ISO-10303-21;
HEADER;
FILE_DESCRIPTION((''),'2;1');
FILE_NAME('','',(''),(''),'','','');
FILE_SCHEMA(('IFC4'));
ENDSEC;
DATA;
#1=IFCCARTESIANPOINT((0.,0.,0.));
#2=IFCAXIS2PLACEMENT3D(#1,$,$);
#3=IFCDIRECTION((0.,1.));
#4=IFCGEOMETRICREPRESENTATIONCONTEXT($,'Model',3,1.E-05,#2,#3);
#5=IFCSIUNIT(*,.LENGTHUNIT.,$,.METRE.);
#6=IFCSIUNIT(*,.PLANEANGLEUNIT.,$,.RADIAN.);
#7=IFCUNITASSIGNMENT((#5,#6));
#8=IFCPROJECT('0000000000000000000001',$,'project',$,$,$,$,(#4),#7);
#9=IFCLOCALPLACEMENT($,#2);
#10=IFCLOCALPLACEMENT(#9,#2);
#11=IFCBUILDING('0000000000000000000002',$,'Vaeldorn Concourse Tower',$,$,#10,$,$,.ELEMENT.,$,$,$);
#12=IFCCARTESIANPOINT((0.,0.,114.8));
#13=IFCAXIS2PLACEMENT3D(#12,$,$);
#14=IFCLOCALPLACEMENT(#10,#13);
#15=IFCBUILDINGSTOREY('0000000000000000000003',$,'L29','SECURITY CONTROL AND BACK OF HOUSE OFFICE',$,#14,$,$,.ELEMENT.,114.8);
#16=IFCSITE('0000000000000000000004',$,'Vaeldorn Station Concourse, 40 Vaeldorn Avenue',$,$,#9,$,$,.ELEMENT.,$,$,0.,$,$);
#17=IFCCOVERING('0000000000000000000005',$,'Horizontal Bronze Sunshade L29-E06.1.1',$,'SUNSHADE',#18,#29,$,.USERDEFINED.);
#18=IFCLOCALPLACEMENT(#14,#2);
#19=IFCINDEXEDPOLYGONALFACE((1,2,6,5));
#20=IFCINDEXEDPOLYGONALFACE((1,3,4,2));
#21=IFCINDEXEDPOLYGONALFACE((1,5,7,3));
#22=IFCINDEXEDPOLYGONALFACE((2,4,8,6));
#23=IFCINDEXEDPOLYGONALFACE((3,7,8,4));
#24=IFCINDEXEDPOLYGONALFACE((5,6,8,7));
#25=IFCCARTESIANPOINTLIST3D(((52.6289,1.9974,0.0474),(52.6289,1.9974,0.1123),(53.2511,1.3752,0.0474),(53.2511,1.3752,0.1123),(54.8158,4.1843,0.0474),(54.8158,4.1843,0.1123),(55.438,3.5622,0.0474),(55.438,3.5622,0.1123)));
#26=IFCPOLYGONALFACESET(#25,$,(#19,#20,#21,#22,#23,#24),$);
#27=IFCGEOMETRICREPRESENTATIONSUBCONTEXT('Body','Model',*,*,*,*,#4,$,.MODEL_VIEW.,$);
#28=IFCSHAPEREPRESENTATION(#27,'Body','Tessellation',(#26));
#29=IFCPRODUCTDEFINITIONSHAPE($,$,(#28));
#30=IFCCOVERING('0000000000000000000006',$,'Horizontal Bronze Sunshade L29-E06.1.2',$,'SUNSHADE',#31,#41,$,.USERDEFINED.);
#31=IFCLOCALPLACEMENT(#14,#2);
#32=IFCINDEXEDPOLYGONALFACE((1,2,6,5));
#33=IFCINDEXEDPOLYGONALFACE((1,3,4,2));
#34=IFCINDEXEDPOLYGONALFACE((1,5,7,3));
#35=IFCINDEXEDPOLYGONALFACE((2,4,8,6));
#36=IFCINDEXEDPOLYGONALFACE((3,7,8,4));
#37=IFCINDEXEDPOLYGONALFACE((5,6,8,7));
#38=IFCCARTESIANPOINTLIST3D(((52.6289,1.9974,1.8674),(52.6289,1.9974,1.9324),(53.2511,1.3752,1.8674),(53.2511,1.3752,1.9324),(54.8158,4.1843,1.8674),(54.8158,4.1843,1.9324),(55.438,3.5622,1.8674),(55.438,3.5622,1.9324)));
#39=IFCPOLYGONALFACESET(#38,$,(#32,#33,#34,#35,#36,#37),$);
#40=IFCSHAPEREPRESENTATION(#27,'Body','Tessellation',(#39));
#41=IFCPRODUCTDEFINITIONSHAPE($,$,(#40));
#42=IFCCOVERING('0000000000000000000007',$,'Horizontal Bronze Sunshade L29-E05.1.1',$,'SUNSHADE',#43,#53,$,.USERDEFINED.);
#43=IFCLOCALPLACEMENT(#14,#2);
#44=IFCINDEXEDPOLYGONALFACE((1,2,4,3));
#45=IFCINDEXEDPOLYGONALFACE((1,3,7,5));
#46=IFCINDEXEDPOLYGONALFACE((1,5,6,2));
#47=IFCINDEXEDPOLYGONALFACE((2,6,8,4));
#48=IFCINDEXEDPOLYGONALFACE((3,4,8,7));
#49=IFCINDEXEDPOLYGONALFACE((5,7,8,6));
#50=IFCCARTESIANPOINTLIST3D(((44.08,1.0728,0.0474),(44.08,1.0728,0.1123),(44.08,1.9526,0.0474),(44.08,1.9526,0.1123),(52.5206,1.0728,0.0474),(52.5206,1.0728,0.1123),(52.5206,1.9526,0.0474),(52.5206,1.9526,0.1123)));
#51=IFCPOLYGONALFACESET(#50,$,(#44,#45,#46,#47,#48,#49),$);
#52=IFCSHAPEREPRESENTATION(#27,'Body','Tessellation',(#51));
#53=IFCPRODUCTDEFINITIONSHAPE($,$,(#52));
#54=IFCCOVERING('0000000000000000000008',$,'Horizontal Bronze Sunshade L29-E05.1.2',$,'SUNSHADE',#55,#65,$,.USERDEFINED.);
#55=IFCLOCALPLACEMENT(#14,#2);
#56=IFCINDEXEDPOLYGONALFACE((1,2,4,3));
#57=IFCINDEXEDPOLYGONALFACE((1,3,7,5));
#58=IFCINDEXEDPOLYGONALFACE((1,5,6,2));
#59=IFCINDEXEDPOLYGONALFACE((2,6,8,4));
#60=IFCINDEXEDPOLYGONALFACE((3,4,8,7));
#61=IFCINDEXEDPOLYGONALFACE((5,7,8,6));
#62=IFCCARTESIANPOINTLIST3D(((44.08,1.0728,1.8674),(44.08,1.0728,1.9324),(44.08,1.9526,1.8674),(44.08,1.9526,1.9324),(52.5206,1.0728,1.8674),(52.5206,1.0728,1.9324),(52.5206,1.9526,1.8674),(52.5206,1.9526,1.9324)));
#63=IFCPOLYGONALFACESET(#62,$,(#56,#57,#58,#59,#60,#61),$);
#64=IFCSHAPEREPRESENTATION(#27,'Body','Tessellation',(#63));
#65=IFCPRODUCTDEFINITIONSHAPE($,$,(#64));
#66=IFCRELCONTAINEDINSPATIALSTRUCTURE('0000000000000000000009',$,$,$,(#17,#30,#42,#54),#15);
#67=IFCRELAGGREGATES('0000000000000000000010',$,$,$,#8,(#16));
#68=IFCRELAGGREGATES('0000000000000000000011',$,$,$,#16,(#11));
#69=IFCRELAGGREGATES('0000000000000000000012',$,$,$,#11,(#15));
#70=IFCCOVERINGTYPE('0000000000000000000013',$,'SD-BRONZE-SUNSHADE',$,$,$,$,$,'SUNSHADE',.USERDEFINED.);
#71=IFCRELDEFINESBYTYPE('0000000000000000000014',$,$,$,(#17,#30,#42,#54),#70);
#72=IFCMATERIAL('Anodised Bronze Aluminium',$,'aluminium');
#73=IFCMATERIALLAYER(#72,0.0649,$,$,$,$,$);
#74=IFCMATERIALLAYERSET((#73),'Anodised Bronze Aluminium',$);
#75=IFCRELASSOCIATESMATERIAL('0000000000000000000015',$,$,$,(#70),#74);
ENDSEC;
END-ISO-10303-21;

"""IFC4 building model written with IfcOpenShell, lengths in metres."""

from ifc_helpers import new_model, si_unit, direction, frame, origin, origin_2d, place, context, subcontext, project, spatial, rectangle, extrude, source, transform, mapped, material, layer, layer_set, type_object, element, save


model = new_model("IFC4")

# Units and contexts
model_context = context("Model", 3, precision=1e-05, world=origin(), true_north=direction((0.0, 1.0)))
body_context = subcontext(model_context, "Body", "Model", "MODEL_VIEW")
ifc_project = project(units=[si_unit("LENGTHUNIT", "METRE"), si_unit("PLANEANGLEUNIT", "RADIAN")], contexts=[model_context])

# Site, building, storey
site_placement = place(None, origin())
site = spatial("IfcSite", under=ifc_project, at=site_placement, Name="Vaeldorn Station Concourse, 40 Vaeldorn Avenue", CompositionType="ELEMENT", RefElevation=0.0)
building_placement = place(site_placement, origin())
building = spatial("IfcBuilding", under=site, at=building_placement, Name="Vaeldorn Concourse Tower", CompositionType="ELEMENT")
storey_placement = place(building_placement, frame((0.0, 0.0, 114.8)))
storey = spatial("IfcBuildingStorey", under=building, at=storey_placement, Name="L29", Description="SECURITY CONTROL AND BACK OF HOUSE OFFICE", CompositionType="ELEMENT", Elevation=114.8)

# Shared definitions
ifc_material_1 = material(Name="Anodised Bronze Aluminium", Category="aluminium")

# Coverings
ifc_layer_1 = layer(ifc_material_1, 0.0649)
ifc_layer_set_1 = layer_set([ifc_layer_1], Name="Anodised Bronze Aluminium")
covering_type = type_object("IfcCoveringType", Name="SD-BRONZE-SUNSHADE", ElementType="SUNSHADE", PredefinedType="USERDEFINED", material=ifc_layer_set_1)
shared_shape_1 = source(origin(), body_context, "Body", "SweptSolid", [
    extrude(rectangle(XDim=3.0928, YDim=0.8799, at=origin_2d()), origin(), (0.0, 0.0, 1.0), 0.0649),
])
for number, where, z_axis, x_axis, name in (
    (1, (54.0334, 2.7798, 0.0474), (0.0, 0.0, 1.0), (0.707107, 0.707107, 0.0), "Horizontal Bronze Sunshade L29-E06.1.1"),
    (2, (54.0334, 2.7798, 1.8674), (0.0, 0.0, 1.0), (0.707107, 0.707107, 0.0), "Horizontal Bronze Sunshade L29-E06.1.2"),
):
    element("IfcCovering", number, at=place(storey_placement, frame(where, z_axis=z_axis, x_axis=x_axis)), inside=storey, type_object=covering_type, Name=name, ObjectType="SUNSHADE", PredefinedType="USERDEFINED", context=body_context, shape_type="MappedRepresentation", body=[
        mapped(shared_shape_1, transform((0.0, 0.0, 0.0), scale=1.0)),
    ])
shared_shape_2 = source(origin(), body_context, "Body", "SweptSolid", [
    extrude(rectangle(XDim=8.4407, YDim=0.8799, at=origin_2d()), origin(), (0.0, 0.0, 1.0), 0.0649),
])
for number, where, z_axis, x_axis, name in (
    (3, (48.3003, 1.5127, 0.0474), (0.0, 0.0, 1.0), (1.0, 0.0, 0.0), "Horizontal Bronze Sunshade L29-E05.1.1"),
    (4, (48.3003, 1.5127, 1.8674), (0.0, 0.0, 1.0), (1.0, 0.0, 0.0), "Horizontal Bronze Sunshade L29-E05.1.2"),
):
    element("IfcCovering", number, at=place(storey_placement, frame(where, z_axis=z_axis, x_axis=x_axis)), inside=storey, type_object=covering_type, Name=name, ObjectType="SUNSHADE", PredefinedType="USERDEFINED", context=body_context, shape_type="MappedRepresentation", body=[
        mapped(shared_shape_2, transform((0.0, 0.0, 0.0), scale=1.0)),
    ])

save(model, "model.ifc")
